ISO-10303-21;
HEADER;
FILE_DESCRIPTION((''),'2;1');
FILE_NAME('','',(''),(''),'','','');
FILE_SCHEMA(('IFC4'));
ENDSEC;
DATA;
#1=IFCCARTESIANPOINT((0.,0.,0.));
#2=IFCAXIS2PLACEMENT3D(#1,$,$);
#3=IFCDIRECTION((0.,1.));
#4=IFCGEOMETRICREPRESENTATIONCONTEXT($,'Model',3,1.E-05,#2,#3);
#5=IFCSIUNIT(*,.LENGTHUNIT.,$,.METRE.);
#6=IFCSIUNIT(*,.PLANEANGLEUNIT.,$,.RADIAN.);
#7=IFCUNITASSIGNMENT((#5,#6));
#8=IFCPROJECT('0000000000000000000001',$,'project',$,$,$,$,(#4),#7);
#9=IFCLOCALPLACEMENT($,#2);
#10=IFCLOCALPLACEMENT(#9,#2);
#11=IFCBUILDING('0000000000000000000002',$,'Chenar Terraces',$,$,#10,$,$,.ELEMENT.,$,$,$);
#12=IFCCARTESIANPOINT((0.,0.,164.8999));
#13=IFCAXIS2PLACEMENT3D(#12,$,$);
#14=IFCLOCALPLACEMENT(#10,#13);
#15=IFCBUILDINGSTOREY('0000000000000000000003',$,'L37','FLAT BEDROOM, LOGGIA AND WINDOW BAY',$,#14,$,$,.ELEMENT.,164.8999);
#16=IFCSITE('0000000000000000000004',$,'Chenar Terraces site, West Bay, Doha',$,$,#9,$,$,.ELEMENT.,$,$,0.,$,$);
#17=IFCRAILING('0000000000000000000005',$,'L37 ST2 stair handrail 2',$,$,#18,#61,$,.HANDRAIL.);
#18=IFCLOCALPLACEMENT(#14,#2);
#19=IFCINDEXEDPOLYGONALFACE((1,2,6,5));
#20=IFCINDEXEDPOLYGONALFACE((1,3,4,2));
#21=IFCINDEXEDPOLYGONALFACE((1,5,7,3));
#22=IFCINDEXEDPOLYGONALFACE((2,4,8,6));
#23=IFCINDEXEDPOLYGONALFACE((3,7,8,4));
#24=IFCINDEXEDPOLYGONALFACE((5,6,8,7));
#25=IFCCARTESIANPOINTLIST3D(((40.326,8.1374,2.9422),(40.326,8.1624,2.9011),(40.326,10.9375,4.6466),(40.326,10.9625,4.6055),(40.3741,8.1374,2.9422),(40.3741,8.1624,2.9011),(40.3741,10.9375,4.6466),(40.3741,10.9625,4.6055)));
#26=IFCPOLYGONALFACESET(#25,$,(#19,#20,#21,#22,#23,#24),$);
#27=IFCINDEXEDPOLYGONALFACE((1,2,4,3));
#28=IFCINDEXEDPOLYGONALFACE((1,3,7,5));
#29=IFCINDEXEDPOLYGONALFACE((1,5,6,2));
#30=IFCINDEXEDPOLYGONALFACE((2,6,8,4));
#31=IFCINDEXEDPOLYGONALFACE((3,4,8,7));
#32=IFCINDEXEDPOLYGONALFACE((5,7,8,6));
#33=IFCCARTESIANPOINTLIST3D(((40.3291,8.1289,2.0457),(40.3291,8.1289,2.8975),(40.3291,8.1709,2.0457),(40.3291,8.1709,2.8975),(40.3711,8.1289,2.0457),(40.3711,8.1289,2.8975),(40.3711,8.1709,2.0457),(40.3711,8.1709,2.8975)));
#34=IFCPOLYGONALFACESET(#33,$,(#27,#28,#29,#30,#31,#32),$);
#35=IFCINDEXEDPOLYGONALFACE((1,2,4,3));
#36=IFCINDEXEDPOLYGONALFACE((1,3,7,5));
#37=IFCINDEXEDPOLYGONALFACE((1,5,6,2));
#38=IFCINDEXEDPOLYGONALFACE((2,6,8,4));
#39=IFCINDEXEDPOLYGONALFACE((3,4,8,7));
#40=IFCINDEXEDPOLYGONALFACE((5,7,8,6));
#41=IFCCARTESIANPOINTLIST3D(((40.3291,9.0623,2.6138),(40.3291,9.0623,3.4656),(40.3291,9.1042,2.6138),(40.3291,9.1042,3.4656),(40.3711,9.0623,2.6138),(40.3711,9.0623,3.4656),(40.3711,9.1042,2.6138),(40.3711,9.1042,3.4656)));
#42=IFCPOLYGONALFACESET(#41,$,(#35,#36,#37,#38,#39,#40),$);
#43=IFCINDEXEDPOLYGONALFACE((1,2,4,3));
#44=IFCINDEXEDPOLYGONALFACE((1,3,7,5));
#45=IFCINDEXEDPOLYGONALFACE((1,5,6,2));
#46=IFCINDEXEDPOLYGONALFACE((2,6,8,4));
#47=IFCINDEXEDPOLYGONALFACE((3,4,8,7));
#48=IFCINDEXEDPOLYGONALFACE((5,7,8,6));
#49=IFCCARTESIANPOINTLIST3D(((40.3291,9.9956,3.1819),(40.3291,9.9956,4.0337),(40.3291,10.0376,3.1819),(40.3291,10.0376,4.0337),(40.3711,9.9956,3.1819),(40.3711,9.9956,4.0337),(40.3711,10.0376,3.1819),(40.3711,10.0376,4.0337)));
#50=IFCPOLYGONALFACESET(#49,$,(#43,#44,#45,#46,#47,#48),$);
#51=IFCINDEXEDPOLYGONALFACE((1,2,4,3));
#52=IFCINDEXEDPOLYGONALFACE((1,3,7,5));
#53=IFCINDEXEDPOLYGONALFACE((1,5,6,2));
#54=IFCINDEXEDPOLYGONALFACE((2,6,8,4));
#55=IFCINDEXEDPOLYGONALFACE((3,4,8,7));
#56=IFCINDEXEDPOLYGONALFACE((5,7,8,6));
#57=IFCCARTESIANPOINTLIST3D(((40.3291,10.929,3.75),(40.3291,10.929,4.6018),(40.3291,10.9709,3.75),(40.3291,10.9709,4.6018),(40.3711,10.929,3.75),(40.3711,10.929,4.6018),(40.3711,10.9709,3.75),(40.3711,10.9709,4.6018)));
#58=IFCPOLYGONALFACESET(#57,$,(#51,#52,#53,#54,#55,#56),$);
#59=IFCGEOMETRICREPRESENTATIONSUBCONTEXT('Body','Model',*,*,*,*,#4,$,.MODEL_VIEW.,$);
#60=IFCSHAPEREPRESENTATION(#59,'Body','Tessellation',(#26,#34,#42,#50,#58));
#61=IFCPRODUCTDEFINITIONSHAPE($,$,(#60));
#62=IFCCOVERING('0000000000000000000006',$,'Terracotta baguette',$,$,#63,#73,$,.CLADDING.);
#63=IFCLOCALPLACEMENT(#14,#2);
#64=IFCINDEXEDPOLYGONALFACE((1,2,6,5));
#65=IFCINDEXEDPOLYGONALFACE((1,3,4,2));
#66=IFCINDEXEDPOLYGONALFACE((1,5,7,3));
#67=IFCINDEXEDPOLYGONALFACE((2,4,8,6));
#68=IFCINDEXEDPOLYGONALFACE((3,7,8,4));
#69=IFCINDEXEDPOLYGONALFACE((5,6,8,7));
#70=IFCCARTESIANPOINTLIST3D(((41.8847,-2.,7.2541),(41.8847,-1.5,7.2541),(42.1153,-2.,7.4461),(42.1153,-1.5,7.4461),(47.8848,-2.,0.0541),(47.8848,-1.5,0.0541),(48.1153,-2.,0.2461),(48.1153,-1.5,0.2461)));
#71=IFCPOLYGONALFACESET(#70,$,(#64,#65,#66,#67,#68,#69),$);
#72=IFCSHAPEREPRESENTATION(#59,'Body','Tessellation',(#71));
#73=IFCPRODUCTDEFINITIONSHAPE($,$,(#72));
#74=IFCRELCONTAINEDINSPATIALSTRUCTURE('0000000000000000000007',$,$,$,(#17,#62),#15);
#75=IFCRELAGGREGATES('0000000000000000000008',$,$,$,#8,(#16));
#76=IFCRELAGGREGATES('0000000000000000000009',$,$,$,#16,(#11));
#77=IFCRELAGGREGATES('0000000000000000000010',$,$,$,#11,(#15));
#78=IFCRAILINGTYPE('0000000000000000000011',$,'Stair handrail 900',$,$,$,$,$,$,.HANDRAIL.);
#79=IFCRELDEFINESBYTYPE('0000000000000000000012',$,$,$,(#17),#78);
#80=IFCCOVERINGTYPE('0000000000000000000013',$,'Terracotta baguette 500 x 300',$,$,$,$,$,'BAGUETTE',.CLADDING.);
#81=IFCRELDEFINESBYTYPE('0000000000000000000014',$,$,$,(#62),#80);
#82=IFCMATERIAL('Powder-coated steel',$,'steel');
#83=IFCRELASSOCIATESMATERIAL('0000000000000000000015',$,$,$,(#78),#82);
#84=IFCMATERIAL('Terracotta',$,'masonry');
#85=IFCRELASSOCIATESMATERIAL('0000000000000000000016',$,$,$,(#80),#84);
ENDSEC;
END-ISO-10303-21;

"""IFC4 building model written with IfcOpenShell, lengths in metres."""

from ifc_helpers import new_model, si_unit, direction, frame, origin, origin_2d, place, context, subcontext, project, spatial, rectangle, extrude, material, material_profile, profile_set, type_object, element, save


model = new_model("IFC4")

# Units and contexts
model_context = context("Model", 3, precision=1e-05, world=origin(), true_north=direction((0.0, 1.0)))
body_context = subcontext(model_context, "Body", "Model", "MODEL_VIEW")
ifc_project = project(units=[si_unit("LENGTHUNIT", "METRE"), si_unit("PLANEANGLEUNIT", "RADIAN")], contexts=[model_context])

# Site, building, storey
site_placement = place(None, origin())
site = spatial("IfcSite", under=ifc_project, at=site_placement, Name="Chenar Terraces site, West Bay, Doha", CompositionType="ELEMENT", RefElevation=0.0)
building_placement = place(site_placement, origin())
building = spatial("IfcBuilding", under=site, at=building_placement, Name="Chenar Terraces", CompositionType="ELEMENT")
storey_placement = place(building_placement, frame((0.0, 0.0, 164.8999)))
storey = spatial("IfcBuildingStorey", under=building, at=storey_placement, Name="L37", Description="FLAT BEDROOM, LOGGIA AND WINDOW BAY", CompositionType="ELEMENT", Elevation=164.8999)

# Railing
ifc_material_1 = material(Name="Powder-coated steel", Category="steel")
railing_type_1 = type_object("IfcRailingType", Name="Stair handrail 900", PredefinedType="HANDRAIL", material=ifc_material_1)
railing_1_placement = place(storey_placement, frame((40.3501, 8.1499, 2.0457)))
element("IfcRailing", 1, at=railing_1_placement, inside=storey, type_object=railing_type_1, Name="L37 ST2 stair handrail 2", PredefinedType="HANDRAIL", context=body_context, shape_type="SweptSolid", body=[
    extrude(rectangle(XDim=0.0481, YDim=0.0481, at=origin_2d()), frame((0.0, 0.0, 0.876), z_axis=(0.0, 0.854203, 0.51994), x_axis=(-1.0, 0.0, 0.0)), (0.0, 0.0, 1.0), 3.2781),
    extrude(rectangle(XDim=0.042, YDim=0.042, at=origin_2d()), origin(), (0.0, 0.0, 1.0), 0.8518),
    extrude(rectangle(XDim=0.042, YDim=0.042, at=origin_2d()), frame((0.0, 0.9333, 0.5681)), (0.0, 0.0, 1.0), 0.8518),
    extrude(rectangle(XDim=0.042, YDim=0.042, at=origin_2d()), frame((0.0, 1.8667, 1.1362)), (0.0, 0.0, 1.0), 0.8518),
    extrude(rectangle(XDim=0.042, YDim=0.042, at=origin_2d()), frame((0.0, 2.8, 1.7043)), (0.0, 0.0, 1.0), 0.8518),
])

# Covering
ifc_material_2 = material(Name="Terracotta", Category="masonry")
ifc_material_profile_1 = material_profile(ifc_material_2, rectangle(XDim=0.5, YDim=0.3, at=origin_2d()), Name="Terracotta baguette 500 x 300")
ifc_profile_set_1 = profile_set([ifc_material_profile_1], Name="Terracotta")
covering_type = type_object("IfcCoveringType", Name="Terracotta baguette 500 x 300", ElementType="BAGUETTE", PredefinedType="CLADDING", material=ifc_profile_set_1)
covering_placement = place(storey_placement, frame((42.0, -1.75, 7.3501), z_axis=(0.640187, 0.0, -0.768219), x_axis=(0.0, 1.0, 0.0)))
element("IfcCovering", 2, at=covering_placement, inside=storey, type_object=covering_type, Name="Terracotta baguette", PredefinedType="CLADDING", context=body_context, shape_type="SweptSolid", body=[
    extrude(rectangle(XDim=0.5, YDim=0.3, at=origin_2d()), origin(), (0.0, 0.0, 1.0), 9.3723),
])

save(model, "model.ifc")
